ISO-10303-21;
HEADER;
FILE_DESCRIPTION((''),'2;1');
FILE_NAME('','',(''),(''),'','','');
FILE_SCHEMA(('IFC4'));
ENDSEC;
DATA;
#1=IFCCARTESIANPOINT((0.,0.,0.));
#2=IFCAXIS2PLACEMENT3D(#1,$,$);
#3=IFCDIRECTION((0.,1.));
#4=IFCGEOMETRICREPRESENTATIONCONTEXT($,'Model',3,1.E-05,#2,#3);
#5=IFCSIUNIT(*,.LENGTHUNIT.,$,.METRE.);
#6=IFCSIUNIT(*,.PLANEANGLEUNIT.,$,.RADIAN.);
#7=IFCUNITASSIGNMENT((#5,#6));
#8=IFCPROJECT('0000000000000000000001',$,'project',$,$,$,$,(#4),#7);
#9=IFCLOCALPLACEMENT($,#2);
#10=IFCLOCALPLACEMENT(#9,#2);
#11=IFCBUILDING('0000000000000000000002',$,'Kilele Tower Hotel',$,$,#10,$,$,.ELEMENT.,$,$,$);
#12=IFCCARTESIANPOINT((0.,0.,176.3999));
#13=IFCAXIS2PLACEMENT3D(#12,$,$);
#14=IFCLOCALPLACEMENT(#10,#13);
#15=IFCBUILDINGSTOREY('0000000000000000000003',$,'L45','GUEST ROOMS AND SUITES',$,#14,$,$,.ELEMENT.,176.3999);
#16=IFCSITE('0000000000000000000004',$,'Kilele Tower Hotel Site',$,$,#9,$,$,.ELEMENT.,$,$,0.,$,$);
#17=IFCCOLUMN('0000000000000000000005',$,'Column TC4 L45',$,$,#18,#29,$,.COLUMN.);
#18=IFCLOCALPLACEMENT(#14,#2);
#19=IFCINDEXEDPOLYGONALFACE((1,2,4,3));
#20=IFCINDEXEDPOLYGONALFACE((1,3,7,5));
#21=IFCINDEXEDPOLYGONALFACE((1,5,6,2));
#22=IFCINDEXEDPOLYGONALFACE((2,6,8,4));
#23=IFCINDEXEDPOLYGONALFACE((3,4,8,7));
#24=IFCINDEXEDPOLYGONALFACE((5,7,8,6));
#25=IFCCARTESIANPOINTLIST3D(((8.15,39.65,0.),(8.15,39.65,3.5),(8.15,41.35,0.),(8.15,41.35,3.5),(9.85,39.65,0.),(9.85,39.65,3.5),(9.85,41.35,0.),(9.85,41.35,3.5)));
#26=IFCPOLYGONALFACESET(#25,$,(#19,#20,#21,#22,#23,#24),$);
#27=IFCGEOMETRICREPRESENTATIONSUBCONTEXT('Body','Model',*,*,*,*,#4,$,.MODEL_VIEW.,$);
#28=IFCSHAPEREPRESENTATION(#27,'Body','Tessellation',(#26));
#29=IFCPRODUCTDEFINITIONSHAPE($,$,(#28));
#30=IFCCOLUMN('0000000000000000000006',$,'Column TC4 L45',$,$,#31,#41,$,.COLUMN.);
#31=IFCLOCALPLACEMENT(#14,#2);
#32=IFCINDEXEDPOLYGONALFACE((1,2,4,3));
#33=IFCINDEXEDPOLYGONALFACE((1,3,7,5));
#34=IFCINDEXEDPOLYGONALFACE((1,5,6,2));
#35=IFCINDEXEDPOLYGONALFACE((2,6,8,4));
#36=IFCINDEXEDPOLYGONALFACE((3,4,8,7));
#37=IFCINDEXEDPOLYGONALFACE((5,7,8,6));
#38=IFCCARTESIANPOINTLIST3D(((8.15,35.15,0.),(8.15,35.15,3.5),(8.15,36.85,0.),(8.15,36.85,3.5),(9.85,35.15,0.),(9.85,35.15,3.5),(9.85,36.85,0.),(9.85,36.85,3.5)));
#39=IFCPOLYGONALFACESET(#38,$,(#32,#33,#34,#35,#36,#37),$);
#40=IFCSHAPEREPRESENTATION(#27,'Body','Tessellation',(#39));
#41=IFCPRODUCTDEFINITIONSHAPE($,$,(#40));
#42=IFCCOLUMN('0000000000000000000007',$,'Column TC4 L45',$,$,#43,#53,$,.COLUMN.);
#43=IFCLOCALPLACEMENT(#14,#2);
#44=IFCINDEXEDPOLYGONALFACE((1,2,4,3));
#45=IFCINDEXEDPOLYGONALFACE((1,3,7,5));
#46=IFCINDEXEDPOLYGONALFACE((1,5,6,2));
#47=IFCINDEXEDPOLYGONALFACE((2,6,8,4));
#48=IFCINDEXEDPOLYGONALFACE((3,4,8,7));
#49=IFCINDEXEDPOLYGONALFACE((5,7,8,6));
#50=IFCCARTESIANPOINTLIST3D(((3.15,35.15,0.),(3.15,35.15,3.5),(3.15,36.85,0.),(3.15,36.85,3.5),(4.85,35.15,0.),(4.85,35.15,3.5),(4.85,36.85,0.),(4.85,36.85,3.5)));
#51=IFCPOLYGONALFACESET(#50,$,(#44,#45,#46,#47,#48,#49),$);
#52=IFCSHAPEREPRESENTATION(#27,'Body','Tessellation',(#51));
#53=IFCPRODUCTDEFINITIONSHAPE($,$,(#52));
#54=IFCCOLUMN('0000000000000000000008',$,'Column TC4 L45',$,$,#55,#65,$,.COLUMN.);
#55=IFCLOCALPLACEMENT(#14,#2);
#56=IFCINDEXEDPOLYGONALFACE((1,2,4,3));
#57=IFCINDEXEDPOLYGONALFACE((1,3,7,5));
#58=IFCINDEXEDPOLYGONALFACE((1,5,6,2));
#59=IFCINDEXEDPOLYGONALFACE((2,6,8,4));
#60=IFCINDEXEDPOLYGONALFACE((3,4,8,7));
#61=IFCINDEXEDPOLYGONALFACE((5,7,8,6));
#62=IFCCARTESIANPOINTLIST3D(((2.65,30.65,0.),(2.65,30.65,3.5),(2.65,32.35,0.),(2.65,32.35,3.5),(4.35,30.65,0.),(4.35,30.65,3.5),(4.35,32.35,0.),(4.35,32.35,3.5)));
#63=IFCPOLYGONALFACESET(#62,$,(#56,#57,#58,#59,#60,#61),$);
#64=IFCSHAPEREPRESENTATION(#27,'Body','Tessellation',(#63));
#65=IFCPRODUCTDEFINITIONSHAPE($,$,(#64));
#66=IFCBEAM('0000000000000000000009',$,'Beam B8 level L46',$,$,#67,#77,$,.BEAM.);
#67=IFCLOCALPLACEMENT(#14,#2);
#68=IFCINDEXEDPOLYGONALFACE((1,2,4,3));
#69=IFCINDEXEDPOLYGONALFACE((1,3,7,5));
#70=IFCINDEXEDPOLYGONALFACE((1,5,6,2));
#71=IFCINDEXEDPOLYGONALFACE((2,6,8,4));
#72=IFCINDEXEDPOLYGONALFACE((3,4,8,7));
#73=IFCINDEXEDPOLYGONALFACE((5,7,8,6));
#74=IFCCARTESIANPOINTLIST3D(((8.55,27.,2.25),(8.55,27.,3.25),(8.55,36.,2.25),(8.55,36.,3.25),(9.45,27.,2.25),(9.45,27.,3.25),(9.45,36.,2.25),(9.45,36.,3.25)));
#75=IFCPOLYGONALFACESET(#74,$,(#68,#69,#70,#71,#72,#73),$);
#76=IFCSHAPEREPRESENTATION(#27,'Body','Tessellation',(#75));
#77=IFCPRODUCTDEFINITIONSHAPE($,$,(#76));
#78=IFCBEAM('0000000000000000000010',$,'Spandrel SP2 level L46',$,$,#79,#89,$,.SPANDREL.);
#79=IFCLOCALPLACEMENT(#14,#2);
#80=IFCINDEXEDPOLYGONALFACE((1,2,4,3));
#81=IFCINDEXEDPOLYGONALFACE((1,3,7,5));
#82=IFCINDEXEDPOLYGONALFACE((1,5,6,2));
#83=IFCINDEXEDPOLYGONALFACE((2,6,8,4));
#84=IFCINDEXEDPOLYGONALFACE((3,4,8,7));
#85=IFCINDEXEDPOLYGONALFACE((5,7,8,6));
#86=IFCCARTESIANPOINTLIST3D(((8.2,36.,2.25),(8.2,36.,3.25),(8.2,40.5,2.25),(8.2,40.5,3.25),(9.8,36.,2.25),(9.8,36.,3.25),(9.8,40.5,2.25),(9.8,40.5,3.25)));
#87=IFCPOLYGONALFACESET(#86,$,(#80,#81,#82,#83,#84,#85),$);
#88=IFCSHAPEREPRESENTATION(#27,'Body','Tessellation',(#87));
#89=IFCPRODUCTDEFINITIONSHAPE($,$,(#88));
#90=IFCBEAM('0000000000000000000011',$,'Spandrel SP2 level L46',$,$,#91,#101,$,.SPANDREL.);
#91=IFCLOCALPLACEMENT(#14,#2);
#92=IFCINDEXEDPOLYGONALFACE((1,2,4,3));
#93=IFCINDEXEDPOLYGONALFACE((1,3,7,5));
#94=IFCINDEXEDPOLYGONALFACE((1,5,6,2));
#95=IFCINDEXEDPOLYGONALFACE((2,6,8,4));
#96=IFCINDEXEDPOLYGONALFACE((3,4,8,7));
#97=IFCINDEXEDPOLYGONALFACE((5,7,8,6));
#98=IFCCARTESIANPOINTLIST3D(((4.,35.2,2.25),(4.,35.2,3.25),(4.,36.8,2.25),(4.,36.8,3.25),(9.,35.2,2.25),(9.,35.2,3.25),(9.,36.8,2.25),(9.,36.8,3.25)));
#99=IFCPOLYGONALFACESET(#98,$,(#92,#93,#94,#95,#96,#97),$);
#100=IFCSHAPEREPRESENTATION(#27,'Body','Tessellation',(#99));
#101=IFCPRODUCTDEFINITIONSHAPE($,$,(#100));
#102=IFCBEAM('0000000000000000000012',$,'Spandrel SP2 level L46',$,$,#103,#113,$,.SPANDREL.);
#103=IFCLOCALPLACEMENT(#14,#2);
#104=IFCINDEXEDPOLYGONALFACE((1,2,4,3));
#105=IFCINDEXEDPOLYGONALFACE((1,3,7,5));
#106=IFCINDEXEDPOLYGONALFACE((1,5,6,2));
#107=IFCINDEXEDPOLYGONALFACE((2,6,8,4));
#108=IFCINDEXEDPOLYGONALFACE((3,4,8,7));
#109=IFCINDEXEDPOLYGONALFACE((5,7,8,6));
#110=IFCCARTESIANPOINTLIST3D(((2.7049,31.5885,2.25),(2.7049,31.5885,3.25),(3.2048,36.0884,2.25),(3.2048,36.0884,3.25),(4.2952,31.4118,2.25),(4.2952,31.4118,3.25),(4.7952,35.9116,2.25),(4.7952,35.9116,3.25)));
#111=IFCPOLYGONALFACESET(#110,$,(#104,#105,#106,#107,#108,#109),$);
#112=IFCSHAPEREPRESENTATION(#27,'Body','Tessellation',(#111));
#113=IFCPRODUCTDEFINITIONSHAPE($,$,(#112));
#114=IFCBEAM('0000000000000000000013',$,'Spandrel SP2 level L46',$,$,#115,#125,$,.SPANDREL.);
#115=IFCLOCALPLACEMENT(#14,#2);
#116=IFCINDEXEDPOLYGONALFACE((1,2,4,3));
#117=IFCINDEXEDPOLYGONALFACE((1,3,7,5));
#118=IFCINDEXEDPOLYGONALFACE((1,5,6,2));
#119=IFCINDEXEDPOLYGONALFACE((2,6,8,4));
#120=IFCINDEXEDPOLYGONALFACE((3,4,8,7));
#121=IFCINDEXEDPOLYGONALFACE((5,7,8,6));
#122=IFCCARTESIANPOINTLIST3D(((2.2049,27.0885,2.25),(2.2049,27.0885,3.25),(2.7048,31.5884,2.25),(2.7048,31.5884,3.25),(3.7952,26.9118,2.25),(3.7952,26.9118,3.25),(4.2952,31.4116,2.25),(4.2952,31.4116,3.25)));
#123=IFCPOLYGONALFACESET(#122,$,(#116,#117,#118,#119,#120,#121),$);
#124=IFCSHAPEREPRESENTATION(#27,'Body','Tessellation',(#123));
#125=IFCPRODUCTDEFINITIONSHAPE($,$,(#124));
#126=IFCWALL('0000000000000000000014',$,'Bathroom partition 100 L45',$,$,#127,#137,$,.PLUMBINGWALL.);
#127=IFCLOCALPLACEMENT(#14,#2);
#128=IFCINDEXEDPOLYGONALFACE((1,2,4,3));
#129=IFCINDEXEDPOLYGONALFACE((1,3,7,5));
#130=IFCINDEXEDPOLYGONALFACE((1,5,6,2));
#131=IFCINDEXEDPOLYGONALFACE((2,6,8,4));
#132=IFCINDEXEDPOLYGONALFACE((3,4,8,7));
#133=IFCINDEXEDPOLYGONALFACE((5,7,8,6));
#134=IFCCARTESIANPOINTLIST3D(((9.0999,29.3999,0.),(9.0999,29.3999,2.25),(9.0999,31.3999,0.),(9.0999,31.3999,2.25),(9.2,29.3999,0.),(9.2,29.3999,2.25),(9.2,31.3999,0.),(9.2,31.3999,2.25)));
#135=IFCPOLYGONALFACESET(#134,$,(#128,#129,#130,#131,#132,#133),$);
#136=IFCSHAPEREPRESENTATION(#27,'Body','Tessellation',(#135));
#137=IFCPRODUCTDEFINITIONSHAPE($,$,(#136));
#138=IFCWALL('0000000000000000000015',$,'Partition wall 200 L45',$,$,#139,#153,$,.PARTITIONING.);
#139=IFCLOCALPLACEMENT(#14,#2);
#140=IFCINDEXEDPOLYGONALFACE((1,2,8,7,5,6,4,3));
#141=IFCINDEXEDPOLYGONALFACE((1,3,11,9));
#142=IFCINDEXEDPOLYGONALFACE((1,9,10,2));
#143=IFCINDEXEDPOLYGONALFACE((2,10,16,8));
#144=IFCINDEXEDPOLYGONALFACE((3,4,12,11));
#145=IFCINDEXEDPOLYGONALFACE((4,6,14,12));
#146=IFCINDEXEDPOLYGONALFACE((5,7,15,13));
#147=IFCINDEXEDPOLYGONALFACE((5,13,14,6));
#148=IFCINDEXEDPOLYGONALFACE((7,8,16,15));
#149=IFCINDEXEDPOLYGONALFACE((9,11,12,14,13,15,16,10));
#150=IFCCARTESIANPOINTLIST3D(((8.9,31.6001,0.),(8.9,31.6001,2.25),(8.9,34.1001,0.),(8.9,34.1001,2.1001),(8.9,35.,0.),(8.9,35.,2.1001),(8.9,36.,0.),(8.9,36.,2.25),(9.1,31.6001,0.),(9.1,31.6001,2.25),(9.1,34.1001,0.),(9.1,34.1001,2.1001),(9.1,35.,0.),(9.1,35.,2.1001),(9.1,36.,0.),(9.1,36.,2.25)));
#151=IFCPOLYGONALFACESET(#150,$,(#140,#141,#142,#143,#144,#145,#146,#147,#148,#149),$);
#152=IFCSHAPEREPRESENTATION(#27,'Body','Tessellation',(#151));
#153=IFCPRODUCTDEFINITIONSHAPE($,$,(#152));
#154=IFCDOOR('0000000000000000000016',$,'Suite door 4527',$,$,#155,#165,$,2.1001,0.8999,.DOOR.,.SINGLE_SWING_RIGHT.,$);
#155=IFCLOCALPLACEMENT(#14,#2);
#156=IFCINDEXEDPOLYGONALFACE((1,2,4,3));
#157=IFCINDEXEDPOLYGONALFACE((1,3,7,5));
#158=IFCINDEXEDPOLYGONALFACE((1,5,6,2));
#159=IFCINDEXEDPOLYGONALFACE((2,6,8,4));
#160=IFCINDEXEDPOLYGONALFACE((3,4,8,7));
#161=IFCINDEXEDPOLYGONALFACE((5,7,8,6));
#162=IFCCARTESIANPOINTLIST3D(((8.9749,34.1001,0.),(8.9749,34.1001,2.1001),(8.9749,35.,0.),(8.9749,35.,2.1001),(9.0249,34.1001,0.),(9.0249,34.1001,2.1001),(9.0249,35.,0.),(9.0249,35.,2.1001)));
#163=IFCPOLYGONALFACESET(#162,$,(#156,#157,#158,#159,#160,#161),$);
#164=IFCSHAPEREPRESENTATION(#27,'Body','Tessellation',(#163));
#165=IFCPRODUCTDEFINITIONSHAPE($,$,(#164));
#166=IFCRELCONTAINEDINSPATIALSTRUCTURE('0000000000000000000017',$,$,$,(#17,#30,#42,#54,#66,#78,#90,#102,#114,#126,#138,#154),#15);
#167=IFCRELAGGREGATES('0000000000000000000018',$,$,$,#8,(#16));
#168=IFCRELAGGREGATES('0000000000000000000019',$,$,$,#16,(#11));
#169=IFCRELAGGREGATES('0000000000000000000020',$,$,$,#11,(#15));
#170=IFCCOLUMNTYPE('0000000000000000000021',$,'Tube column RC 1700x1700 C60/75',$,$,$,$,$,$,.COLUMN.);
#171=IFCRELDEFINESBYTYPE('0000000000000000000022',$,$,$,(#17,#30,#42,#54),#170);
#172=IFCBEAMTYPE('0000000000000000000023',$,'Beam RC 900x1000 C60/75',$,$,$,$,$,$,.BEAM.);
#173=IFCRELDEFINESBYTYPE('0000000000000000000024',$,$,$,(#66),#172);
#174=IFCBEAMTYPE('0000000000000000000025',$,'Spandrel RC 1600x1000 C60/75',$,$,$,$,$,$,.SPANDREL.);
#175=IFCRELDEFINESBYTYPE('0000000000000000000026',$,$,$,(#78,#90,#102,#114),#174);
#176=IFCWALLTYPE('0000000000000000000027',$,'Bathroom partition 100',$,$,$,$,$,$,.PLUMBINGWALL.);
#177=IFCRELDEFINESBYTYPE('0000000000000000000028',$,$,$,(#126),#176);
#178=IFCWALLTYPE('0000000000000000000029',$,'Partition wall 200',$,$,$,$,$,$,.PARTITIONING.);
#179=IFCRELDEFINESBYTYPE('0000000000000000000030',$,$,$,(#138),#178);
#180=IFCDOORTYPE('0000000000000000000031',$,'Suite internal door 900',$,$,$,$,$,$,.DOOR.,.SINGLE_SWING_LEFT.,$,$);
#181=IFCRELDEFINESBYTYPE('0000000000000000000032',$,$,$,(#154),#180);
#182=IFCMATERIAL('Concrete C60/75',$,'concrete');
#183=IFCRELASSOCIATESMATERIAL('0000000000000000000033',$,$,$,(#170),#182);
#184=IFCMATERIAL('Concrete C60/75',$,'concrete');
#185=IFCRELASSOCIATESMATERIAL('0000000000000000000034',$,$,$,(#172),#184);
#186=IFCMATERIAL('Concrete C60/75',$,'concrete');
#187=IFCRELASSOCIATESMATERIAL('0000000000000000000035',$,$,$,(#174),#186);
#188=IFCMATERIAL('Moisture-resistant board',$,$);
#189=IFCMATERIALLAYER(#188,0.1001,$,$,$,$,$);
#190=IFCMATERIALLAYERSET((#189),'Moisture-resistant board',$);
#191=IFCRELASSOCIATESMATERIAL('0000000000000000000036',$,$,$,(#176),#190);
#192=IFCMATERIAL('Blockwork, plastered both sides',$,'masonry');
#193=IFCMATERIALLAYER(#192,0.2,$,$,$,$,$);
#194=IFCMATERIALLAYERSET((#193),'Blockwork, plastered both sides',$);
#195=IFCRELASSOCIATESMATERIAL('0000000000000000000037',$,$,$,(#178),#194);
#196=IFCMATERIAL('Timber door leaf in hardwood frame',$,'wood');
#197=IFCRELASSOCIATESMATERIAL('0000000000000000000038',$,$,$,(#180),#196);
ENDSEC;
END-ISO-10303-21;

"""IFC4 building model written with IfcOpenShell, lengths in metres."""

from ifc_helpers import new_model, si_unit, direction, frame, frame_2d, origin, origin_2d, place, context, subcontext, project, spatial, rectangle, extrude, material, layer, layer_set, material_profile, profile_set, type_object, element, fill, save


model = new_model("IFC4")

# Units and contexts
model_context = context("Model", 3, precision=1e-05, world=origin(), true_north=direction((0.0, 1.0)))
body_context = subcontext(model_context, "Body", "Model", "MODEL_VIEW")
ifc_project = project(units=[si_unit("LENGTHUNIT", "METRE"), si_unit("PLANEANGLEUNIT", "RADIAN")], contexts=[model_context])

# Site, building, storey
site_placement = place(None, origin())
site = spatial("IfcSite", under=ifc_project, at=site_placement, Name="Kilele Tower Hotel Site", CompositionType="ELEMENT", RefElevation=0.0)
building_placement = place(site_placement, origin())
building = spatial("IfcBuilding", under=site, at=building_placement, Name="Kilele Tower Hotel", CompositionType="ELEMENT")
storey_placement = place(building_placement, frame((0.0, 0.0, 176.3999)))
storey = spatial("IfcBuildingStorey", under=building, at=storey_placement, Name="L45", Description="GUEST ROOMS AND SUITES", CompositionType="ELEMENT", Elevation=176.3999)

# Columns
ifc_material_1 = material(Name="Concrete C60/75", Category="concrete")
ifc_material_profile_1 = material_profile(ifc_material_1, rectangle(XDim=1.7, YDim=1.7, at=origin_2d()))
ifc_profile_set_1 = profile_set([ifc_material_profile_1], Name="Concrete C60/75")
column_type = type_object("IfcColumnType", Name="Tube column RC 1700x1700 C60/75", PredefinedType="COLUMN", material=ifc_profile_set_1)
for number, where, z_axis, x_axis, name in (
    (1, (9.0, 40.5, 0.0), (0.0, 0.0, 1.0), (1.0, 0.0, 0.0), "Column TC4 L45"),
    (2, (9.0, 36.0, 0.0), (0.0, 0.0, 1.0), (1.0, 0.0, 0.0), "Column TC4 L45"),
    (3, (4.0, 36.0, 0.0), (0.0, 0.0, 1.0), (1.0, 0.0, 0.0), "Column TC4 L45"),
    (4, (3.5, 31.5, 0.0), (0.0, 0.0, 1.0), (1.0, 0.0, 0.0), "Column TC4 L45"),
):
    element("IfcColumn", number, at=place(storey_placement, frame(where, z_axis=z_axis, x_axis=x_axis)), inside=storey, type_object=column_type, Name=name, PredefinedType="COLUMN", context=body_context, shape_type="SweptSolid", body=[
        extrude(rectangle(XDim=1.7, YDim=1.7, at=origin_2d()), origin(), (0.0, 0.0, 1.0), 3.5),
    ])

# Beams
ifc_material_2 = material(Name="Concrete C60/75", Category="concrete")
ifc_material_profile_2 = material_profile(ifc_material_2, rectangle(XDim=0.8999, YDim=1.0, at=origin_2d()))
ifc_profile_set_2 = profile_set([ifc_material_profile_2], Name="Concrete C60/75")
beam_type_1 = type_object("IfcBeamType", Name="Beam RC 900x1000 C60/75", PredefinedType="BEAM", material=ifc_profile_set_2)
beam_1_placement = place(storey_placement, frame((9.0, 36.0, 2.75), z_axis=(0.0, -1.0, 0.0), x_axis=(1.0, 0.0, 0.0)))
element("IfcBeam", 5, at=beam_1_placement, inside=storey, type_object=beam_type_1, Name="Beam B8 level L46", PredefinedType="BEAM", context=body_context, shape_type="SweptSolid", body=[
    extrude(rectangle(XDim=0.8999, YDim=1.0, at=origin_2d()), origin(), (0.0, 0.0, 1.0), 9.0),
])
ifc_material_3 = material(Name="Concrete C60/75", Category="concrete")
ifc_material_profile_3 = material_profile(ifc_material_3, rectangle(XDim=1.6001, YDim=1.0, at=origin_2d()))
ifc_profile_set_3 = profile_set([ifc_material_profile_3], Name="Concrete C60/75")
beam_type_2 = type_object("IfcBeamType", Name="Spandrel RC 1600x1000 C60/75", PredefinedType="SPANDREL", material=ifc_profile_set_3)
beam_2_placement = place(storey_placement, frame((9.0, 40.5, 2.75), z_axis=(0.0, -1.0, 0.0), x_axis=(1.0, 0.0, 0.0)))
element("IfcBeam", 6, at=beam_2_placement, inside=storey, type_object=beam_type_2, Name="Spandrel SP2 level L46", PredefinedType="SPANDREL", context=body_context, shape_type="SweptSolid", body=[
    extrude(rectangle(XDim=1.6001, YDim=1.0, at=origin_2d()), origin(), (0.0, 0.0, 1.0), 4.5),
])
beam_3_placement = place(storey_placement, frame((9.0, 36.0, 2.75), z_axis=(-1.0, 0.0, 0.0), x_axis=(0.0, -1.0, 0.0)))
element("IfcBeam", 7, at=beam_3_placement, inside=storey, type_object=beam_type_2, Name="Spandrel SP2 level L46", PredefinedType="SPANDREL", context=body_context, shape_type="SweptSolid", body=[
    extrude(rectangle(XDim=1.6001, YDim=1.0, at=origin_2d()), origin(), (0.0, 0.0, 1.0), 5.0),
])
for number, where, z_axis, x_axis, name in (
    (8, (4.0, 36.0, 2.75), (-0.110432, -0.993884, 0.0), (0.993884, -0.110432, 0.0), "Spandrel SP2 level L46"),
    (9, (3.5, 31.5, 2.75), (-0.110432, -0.993884, 0.0), (0.993884, -0.110432, 0.0), "Spandrel SP2 level L46"),
):
    element("IfcBeam", number, at=place(storey_placement, frame(where, z_axis=z_axis, x_axis=x_axis)), inside=storey, type_object=beam_type_2, Name=name, PredefinedType="SPANDREL", context=body_context, shape_type="SweptSolid", body=[
        extrude(rectangle(XDim=1.6001, YDim=1.0, at=origin_2d()), origin(), (0.0, 0.0, 1.0), 4.5276),
    ])

# Wall
ifc_material_4 = material(Name="Moisture-resistant board")
ifc_layer_1 = layer(ifc_material_4, 0.1001)
ifc_layer_set_1 = layer_set([ifc_layer_1], Name="Moisture-resistant board")
wall_type_1 = type_object("IfcWallType", Name="Bathroom partition 100", PredefinedType="PLUMBINGWALL", material=ifc_layer_set_1)
wall_1_placement = place(storey_placement, frame((9.1499, 31.3999, 0.0), z_axis=(0.0, 0.0, 1.0), x_axis=(0.0, -1.0, 0.0)))
element("IfcWall", 10, at=wall_1_placement, inside=storey, type_object=wall_type_1, Name="Bathroom partition 100 L45", PredefinedType="PLUMBINGWALL", context=body_context, shape_type="SweptSolid", body=[
    extrude(rectangle(XDim=2.0, YDim=0.1001, at=frame_2d((1.0, 0.0))), origin(), (0.0, 0.0, 1.0), 2.25),
])

# Wall, opening, door
ifc_material_5 = material(Name="Blockwork, plastered both sides", Category="masonry")
ifc_layer_2 = layer(ifc_material_5, 0.2)
ifc_layer_set_2 = layer_set([ifc_layer_2], Name="Blockwork, plastered both sides")
wall_type_2 = type_object("IfcWallType", Name="Partition wall 200", PredefinedType="PARTITIONING", material=ifc_layer_set_2)
wall_2_placement = place(storey_placement, frame((9.0, 31.6001, 0.0), z_axis=(0.0, 0.0, 1.0), x_axis=(0.0, 1.0, 0.0)))
wall_2 = element("IfcWall", 11, at=wall_2_placement, inside=storey, type_object=wall_type_2, Name="Partition wall 200 L45", PredefinedType="PARTITIONING", context=body_context, shape_type="SweptSolid", body=[
    extrude(rectangle(XDim=4.3999, YDim=0.2, at=frame_2d((2.2, 0.0))), origin(), (0.0, 0.0, 1.0), 2.25),
])
opening_1_placement = place(wall_2_placement, frame((3.3999, 0.0, 0.0), z_axis=(0.0, 0.0, 1.0), x_axis=(-1.0, 0.0, 0.0)))
opening_1 = element("IfcOpeningElement", 12, at=opening_1_placement, cuts=wall_2, PredefinedType="OPENING", context=body_context, shape_type="SweptSolid", body=[
    extrude(rectangle(XDim=0.8999, YDim=2.1001, at=frame_2d((0.45, 1.05))), frame((0.0, 0.1099, 0.0), z_axis=(0.0, -1.0, 0.0), x_axis=(1.0, 0.0, 0.0)), (0.0, 0.0, 1.0), 0.22),
])
ifc_material_6 = material(Name="Timber door leaf in hardwood frame", Category="wood")
door_type = type_object("IfcDoorType", Name="Suite internal door 900", OperationType="SINGLE_SWING_LEFT", PredefinedType="DOOR", material=ifc_material_6)
door_placement = place(opening_1_placement, origin())
door = element("IfcDoor", 13, at=door_placement, inside=storey, type_object=door_type, Name="Suite door 4527", OperationType="SINGLE_SWING_RIGHT", OverallHeight=2.1001, OverallWidth=0.8999, PredefinedType="DOOR", context=body_context, shape_type="SweptSolid", body=[
    extrude(rectangle(XDim=0.8999, YDim=2.1001, at=frame_2d((0.45, 1.05))), frame((0.0, 0.0249, 0.0), z_axis=(0.0, -1.0, 0.0), x_axis=(1.0, 0.0, 0.0)), (0.0, 0.0, 1.0), 0.05),
])
fill(opening_1, door)

save(model, "model.ifc")
